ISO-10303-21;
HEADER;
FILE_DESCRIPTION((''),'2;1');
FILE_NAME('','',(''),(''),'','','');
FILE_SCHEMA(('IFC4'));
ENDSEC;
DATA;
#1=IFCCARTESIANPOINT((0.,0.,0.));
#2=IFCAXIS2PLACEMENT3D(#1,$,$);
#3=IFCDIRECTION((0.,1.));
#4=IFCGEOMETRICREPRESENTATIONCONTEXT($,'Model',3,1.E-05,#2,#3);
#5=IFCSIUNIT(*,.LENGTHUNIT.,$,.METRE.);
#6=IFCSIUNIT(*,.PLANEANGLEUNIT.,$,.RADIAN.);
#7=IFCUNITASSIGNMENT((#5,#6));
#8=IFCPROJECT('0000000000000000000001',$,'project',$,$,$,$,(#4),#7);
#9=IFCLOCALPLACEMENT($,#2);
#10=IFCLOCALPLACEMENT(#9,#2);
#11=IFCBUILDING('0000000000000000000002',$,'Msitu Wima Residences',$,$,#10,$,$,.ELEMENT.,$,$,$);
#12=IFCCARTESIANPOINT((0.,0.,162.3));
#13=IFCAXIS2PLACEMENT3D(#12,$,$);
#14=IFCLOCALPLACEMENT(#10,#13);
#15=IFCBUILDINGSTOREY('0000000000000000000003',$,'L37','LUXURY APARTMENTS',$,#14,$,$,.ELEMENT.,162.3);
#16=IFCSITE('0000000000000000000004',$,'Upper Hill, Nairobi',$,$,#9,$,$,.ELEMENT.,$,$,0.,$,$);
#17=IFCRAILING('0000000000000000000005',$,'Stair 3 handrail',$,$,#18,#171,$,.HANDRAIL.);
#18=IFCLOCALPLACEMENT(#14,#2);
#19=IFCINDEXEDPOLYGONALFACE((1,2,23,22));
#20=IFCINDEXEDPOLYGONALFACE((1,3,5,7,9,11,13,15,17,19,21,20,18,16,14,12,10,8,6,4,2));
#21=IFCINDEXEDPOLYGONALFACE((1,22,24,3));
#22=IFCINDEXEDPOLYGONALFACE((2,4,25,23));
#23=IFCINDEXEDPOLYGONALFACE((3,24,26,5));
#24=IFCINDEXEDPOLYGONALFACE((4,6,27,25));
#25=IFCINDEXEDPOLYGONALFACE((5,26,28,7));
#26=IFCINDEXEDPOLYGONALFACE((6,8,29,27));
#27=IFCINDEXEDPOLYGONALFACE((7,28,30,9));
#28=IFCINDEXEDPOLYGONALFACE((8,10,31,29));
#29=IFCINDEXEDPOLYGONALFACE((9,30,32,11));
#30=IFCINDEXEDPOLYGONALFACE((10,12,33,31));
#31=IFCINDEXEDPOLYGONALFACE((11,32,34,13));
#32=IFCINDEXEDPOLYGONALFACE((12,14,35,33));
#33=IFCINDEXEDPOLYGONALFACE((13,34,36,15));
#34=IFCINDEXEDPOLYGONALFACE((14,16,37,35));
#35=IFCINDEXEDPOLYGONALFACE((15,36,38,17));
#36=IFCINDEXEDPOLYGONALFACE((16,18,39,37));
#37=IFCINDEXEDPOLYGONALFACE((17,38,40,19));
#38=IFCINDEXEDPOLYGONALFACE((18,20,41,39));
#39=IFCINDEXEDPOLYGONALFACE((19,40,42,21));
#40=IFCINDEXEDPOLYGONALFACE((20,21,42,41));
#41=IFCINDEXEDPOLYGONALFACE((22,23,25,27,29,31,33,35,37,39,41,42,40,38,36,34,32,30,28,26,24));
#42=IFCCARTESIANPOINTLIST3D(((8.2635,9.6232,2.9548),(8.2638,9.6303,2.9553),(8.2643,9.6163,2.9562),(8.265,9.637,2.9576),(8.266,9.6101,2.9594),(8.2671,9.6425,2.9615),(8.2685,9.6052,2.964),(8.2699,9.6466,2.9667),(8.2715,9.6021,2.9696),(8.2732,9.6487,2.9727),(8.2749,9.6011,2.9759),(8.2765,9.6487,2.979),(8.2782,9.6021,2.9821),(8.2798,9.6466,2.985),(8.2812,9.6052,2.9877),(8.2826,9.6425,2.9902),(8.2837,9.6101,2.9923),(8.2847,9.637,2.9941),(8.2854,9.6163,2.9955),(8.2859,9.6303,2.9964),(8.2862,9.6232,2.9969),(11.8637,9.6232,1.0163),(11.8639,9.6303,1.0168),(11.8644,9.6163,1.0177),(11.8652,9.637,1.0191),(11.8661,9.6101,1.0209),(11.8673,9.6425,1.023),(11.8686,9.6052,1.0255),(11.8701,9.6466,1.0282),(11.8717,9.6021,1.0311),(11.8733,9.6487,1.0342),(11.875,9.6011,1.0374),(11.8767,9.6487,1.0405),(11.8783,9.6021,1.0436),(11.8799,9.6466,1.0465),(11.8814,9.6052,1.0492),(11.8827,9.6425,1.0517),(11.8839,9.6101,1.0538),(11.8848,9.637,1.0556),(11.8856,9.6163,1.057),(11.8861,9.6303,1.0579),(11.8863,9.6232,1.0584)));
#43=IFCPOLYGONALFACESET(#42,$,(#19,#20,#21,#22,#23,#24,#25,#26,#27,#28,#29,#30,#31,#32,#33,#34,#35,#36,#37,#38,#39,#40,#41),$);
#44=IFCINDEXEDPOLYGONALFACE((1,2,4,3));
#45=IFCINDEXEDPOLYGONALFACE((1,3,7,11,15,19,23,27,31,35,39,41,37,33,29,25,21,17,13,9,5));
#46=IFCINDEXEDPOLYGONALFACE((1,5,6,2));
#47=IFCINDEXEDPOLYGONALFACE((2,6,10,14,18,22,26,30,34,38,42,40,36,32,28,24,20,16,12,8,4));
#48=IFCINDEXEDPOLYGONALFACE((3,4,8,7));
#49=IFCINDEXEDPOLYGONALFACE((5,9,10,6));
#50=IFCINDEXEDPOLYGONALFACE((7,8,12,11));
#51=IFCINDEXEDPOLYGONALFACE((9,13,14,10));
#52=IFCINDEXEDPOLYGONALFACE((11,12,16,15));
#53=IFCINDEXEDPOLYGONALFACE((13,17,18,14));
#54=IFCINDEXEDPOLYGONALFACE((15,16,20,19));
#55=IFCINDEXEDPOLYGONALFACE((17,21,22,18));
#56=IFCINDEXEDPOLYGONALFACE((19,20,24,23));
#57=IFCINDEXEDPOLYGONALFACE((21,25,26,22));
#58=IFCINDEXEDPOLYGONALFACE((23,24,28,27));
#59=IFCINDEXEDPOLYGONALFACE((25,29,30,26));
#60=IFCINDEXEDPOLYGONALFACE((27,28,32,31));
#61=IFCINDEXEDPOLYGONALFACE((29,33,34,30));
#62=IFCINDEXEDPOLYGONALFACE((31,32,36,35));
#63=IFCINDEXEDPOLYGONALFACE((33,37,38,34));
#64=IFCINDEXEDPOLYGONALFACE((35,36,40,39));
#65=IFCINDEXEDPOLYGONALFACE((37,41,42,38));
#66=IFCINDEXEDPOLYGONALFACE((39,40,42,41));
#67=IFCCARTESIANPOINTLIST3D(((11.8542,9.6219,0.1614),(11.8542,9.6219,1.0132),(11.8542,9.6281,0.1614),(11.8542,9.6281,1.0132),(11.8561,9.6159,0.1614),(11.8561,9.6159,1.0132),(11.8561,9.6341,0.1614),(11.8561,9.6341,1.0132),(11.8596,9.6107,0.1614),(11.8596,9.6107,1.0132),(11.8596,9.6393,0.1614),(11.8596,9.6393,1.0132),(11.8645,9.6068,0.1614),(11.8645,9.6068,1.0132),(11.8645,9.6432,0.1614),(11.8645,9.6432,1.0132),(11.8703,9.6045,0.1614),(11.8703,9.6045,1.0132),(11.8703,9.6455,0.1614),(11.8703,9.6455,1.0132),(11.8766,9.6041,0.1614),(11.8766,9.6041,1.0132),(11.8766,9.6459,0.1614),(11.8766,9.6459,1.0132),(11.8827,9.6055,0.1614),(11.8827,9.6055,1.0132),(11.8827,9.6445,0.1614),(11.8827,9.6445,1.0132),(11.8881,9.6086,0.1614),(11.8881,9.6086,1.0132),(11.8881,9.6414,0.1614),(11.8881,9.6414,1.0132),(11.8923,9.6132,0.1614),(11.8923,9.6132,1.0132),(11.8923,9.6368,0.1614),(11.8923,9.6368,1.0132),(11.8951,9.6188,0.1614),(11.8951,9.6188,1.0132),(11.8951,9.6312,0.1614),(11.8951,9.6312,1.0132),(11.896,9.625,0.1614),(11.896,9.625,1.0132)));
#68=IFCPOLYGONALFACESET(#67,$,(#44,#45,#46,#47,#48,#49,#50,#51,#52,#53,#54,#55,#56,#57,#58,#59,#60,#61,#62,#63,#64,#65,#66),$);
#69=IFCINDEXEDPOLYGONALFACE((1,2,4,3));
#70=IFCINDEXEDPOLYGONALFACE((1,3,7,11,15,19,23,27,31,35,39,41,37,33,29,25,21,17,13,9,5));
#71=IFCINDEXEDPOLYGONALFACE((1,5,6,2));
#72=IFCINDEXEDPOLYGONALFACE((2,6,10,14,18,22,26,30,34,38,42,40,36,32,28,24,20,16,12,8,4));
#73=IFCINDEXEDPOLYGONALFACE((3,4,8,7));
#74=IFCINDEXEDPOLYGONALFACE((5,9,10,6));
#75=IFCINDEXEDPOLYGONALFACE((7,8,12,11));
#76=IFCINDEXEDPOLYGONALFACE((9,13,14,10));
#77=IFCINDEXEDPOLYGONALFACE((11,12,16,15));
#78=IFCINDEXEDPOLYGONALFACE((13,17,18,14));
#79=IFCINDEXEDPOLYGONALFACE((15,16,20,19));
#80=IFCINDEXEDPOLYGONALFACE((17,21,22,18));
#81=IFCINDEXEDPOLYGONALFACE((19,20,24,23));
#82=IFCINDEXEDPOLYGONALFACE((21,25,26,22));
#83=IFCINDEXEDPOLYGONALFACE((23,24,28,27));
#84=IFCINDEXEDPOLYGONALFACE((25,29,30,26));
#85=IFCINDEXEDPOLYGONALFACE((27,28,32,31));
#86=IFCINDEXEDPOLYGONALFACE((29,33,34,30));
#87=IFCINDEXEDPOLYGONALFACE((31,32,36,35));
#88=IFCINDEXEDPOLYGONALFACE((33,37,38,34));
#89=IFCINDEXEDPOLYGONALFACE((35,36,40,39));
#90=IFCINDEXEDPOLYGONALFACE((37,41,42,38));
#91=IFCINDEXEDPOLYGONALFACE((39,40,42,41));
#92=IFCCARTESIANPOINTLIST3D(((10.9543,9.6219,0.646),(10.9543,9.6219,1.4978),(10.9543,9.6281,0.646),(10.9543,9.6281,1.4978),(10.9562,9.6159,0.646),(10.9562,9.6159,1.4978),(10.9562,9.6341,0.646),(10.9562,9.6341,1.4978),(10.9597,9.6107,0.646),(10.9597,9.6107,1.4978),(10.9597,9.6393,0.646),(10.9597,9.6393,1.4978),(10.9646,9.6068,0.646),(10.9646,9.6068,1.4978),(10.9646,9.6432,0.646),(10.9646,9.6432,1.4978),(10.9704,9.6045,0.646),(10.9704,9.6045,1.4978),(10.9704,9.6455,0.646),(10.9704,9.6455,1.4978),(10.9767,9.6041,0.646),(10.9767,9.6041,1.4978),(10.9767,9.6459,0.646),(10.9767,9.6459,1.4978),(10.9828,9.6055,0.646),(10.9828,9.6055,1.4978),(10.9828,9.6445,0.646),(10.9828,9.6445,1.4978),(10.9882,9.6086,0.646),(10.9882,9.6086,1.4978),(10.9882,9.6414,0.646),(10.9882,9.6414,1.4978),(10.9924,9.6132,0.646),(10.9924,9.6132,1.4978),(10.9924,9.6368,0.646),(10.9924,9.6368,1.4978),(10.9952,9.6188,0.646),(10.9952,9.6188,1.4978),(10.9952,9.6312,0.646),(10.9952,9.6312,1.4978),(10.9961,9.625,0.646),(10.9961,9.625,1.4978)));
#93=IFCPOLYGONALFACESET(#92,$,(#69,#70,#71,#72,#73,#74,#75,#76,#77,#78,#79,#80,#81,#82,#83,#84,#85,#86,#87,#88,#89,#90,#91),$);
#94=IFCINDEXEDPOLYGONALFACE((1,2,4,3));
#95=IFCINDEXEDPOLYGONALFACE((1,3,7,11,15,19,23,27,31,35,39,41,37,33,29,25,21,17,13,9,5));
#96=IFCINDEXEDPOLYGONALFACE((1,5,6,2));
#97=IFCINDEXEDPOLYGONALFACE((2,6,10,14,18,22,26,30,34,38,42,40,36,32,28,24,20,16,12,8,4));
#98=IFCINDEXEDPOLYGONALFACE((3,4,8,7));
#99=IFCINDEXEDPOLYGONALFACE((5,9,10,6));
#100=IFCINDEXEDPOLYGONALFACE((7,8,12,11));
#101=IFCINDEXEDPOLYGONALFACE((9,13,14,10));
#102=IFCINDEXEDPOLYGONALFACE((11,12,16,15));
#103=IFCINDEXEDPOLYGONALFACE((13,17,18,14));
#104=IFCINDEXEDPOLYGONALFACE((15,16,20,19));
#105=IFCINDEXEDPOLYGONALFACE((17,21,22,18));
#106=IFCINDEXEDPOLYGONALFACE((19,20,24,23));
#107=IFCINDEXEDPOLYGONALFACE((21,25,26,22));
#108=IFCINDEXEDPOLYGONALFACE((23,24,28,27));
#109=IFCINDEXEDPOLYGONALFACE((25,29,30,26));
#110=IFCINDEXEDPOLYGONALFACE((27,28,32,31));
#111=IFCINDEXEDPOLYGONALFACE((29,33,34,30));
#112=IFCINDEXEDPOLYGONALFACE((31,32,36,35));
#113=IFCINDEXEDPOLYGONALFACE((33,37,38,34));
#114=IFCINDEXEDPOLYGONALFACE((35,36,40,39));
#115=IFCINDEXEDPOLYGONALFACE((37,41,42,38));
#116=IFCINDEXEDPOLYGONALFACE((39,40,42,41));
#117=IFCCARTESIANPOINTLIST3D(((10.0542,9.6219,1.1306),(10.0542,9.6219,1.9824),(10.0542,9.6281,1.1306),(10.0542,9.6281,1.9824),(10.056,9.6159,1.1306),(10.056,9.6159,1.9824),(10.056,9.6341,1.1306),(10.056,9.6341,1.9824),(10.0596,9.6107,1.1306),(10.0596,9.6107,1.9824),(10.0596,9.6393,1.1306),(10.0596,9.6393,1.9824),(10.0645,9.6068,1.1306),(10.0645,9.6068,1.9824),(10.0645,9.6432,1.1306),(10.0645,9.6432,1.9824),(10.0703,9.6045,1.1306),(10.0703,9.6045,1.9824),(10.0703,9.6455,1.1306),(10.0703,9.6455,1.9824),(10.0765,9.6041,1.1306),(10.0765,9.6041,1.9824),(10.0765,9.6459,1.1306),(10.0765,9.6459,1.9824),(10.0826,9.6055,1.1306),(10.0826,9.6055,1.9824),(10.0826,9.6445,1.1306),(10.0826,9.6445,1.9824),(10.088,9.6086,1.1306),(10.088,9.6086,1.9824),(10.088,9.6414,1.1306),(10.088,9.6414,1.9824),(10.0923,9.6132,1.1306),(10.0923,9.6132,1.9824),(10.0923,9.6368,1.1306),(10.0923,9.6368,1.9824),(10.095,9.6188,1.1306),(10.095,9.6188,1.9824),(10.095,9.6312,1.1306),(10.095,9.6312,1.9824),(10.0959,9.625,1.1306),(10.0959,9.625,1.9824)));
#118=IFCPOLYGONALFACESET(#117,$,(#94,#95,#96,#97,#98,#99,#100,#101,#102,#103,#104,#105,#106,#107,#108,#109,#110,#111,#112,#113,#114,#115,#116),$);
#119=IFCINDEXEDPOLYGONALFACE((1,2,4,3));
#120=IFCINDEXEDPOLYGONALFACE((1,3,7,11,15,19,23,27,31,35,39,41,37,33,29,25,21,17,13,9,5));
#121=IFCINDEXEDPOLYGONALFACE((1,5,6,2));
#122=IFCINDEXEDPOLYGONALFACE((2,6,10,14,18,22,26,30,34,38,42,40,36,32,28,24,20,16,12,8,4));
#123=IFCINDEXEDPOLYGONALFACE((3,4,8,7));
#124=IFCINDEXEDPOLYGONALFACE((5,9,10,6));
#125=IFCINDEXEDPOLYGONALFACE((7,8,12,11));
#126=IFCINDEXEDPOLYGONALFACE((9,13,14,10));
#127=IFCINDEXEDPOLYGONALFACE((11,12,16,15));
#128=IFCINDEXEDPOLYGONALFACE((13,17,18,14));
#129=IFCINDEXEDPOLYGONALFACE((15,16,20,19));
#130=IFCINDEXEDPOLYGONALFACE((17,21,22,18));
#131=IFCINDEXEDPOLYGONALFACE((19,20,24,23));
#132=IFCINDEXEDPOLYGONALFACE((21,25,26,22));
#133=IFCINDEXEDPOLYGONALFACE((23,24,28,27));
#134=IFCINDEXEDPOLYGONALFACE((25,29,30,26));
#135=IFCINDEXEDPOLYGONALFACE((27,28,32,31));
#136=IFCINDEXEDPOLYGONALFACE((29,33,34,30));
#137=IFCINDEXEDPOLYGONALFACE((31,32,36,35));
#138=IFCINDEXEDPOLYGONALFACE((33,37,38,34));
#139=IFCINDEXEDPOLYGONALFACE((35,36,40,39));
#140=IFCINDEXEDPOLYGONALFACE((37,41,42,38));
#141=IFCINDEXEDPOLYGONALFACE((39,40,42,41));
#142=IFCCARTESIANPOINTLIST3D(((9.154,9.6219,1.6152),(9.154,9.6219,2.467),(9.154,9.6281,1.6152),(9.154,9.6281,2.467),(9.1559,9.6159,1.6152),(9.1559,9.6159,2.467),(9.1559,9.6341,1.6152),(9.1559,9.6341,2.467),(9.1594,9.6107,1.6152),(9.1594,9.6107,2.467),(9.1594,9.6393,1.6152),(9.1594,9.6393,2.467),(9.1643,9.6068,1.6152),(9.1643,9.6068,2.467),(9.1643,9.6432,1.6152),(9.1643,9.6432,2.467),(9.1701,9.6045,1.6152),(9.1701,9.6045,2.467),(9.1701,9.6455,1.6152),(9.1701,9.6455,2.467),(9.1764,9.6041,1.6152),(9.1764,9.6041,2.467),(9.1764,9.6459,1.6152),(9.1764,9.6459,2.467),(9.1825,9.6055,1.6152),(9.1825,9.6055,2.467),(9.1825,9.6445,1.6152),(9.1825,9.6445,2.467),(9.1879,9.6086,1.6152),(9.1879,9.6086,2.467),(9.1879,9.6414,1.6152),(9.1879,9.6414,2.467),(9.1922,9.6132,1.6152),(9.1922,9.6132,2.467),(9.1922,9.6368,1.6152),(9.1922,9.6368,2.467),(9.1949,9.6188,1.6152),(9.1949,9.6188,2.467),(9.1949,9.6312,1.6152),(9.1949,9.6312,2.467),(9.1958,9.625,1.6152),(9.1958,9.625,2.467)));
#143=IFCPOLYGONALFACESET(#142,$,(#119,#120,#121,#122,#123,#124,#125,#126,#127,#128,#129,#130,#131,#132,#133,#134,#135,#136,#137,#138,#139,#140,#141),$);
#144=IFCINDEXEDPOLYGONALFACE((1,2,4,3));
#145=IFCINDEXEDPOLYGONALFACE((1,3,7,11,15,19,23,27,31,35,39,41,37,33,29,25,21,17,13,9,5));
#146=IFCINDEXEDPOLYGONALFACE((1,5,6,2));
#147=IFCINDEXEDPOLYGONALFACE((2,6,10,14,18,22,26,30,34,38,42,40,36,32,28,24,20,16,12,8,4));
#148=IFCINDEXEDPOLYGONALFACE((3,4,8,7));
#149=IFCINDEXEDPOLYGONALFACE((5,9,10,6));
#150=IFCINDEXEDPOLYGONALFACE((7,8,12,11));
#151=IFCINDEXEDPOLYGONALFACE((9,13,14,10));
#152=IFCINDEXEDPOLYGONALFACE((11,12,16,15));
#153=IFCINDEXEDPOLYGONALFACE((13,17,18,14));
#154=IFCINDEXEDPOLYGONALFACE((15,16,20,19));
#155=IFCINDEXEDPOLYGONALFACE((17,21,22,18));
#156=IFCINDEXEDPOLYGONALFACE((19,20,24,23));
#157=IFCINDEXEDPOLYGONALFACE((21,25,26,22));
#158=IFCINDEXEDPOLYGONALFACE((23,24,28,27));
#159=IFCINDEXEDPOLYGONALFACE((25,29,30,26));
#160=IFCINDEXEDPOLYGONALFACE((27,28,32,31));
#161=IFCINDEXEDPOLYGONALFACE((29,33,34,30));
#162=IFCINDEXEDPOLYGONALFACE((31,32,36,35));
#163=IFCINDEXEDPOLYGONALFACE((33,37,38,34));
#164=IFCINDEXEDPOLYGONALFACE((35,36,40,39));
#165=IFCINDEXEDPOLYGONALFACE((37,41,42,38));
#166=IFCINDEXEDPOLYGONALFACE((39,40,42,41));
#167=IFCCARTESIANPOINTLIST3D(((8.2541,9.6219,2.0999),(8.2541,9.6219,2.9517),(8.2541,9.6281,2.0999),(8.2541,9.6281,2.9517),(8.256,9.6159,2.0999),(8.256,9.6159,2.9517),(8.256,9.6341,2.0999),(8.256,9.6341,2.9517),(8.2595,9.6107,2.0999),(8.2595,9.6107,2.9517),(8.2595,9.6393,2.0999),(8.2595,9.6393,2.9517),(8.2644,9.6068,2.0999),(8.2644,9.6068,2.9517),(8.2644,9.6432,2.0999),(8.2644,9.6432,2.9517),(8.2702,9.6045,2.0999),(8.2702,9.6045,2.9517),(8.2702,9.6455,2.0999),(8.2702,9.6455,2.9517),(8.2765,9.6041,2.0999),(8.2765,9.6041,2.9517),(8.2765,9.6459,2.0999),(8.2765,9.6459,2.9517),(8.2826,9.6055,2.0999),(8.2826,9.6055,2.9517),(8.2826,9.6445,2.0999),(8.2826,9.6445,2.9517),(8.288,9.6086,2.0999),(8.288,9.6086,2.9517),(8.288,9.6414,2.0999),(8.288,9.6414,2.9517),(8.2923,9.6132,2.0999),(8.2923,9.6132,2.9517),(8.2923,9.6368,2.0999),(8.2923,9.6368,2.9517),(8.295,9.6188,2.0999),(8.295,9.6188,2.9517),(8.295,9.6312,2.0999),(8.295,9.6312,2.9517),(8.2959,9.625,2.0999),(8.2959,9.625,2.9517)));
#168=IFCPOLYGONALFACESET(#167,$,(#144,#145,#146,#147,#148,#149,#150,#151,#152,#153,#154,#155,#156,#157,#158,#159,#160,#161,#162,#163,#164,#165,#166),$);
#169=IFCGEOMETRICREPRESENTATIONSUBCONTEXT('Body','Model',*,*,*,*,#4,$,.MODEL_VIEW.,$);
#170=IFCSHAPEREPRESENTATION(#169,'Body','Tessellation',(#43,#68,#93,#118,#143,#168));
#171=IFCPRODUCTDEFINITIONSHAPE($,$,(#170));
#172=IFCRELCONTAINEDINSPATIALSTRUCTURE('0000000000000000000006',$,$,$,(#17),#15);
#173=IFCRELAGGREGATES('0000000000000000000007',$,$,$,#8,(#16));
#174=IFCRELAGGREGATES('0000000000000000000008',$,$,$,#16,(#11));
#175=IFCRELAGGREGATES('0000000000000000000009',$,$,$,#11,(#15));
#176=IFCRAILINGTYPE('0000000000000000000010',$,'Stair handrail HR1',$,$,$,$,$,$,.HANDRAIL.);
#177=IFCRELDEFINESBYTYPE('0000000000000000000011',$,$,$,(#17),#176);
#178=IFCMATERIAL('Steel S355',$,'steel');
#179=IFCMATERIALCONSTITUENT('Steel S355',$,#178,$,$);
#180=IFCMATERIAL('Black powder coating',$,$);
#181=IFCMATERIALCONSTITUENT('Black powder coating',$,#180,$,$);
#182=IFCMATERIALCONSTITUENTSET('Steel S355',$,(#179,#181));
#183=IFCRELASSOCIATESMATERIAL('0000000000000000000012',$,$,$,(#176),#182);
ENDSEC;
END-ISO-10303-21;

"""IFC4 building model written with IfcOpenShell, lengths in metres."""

from ifc_helpers import new_model, si_unit, direction, frame, origin, origin_2d, place, context, subcontext, project, spatial, circle, extrude, material, constituent, constituent_set, type_object, element, save


model = new_model("IFC4")

# Units and contexts
model_context = context("Model", 3, precision=1e-05, world=origin(), true_north=direction((0.0, 1.0)))
body_context = subcontext(model_context, "Body", "Model", "MODEL_VIEW")
ifc_project = project(units=[si_unit("LENGTHUNIT", "METRE"), si_unit("PLANEANGLEUNIT", "RADIAN")], contexts=[model_context])

# Site, building, storey
site_placement = place(None, origin())
site = spatial("IfcSite", under=ifc_project, at=site_placement, Name="Upper Hill, Nairobi", CompositionType="ELEMENT", RefElevation=0.0)
building_placement = place(site_placement, origin())
building = spatial("IfcBuilding", under=site, at=building_placement, Name="Msitu Wima Residences", CompositionType="ELEMENT")
storey_placement = place(building_placement, frame((0.0, 0.0, 162.3)))
storey = spatial("IfcBuildingStorey", under=building, at=storey_placement, Name="L37", Description="LUXURY APARTMENTS", CompositionType="ELEMENT", Elevation=162.3)

# Railing
ifc_material_1 = material(Name="Steel S355", Category="steel")
ifc_constituent_1 = constituent(ifc_material_1, Name="Steel S355")
ifc_material_2 = material(Name="Black powder coating")
ifc_constituent_2 = constituent(ifc_material_2, Name="Black powder coating")
ifc_constituent_set = constituent_set(constituents=[ifc_constituent_1, ifc_constituent_2], Name="Steel S355")
railing_type = type_object("IfcRailingType", Name="Stair handrail HR1", PredefinedType="HANDRAIL", material=ifc_constituent_set)
railing_placement = place(storey_placement, frame((11.875, 9.625, 0.1614)))
element("IfcRailing", 1, at=railing_placement, inside=storey, type_object=railing_type, Name="Stair 3 handrail", PredefinedType="HANDRAIL", context=body_context, shape_type="SweptSolid", body=[
    extrude(circle(Radius=0.0239, at=origin_2d()), frame((0.0, 0.0, 0.876), z_axis=(-0.880475, 0.0, 0.474093), x_axis=(0.0, -1.0, 0.0)), (0.0, 0.0, 1.0), 4.0889),
    extrude(circle(Radius=0.021, at=origin_2d()), origin(), (0.0, 0.0, 1.0), 0.8518),
    extrude(circle(Radius=0.021, at=origin_2d()), frame((-0.8999, 0.0, 0.4846)), (0.0, 0.0, 1.0), 0.8518),
    extrude(circle(Radius=0.021, at=origin_2d()), frame((-1.8, 0.0, 0.9692)), (0.0, 0.0, 1.0), 0.8518),
    extrude(circle(Radius=0.021, at=origin_2d()), frame((-2.7002, 0.0, 1.4539)), (0.0, 0.0, 1.0), 0.8518),
    extrude(circle(Radius=0.021, at=origin_2d()), frame((-3.6001, 0.0, 1.9385)), (0.0, 0.0, 1.0), 0.8518),
])

save(model, "model.ifc")
